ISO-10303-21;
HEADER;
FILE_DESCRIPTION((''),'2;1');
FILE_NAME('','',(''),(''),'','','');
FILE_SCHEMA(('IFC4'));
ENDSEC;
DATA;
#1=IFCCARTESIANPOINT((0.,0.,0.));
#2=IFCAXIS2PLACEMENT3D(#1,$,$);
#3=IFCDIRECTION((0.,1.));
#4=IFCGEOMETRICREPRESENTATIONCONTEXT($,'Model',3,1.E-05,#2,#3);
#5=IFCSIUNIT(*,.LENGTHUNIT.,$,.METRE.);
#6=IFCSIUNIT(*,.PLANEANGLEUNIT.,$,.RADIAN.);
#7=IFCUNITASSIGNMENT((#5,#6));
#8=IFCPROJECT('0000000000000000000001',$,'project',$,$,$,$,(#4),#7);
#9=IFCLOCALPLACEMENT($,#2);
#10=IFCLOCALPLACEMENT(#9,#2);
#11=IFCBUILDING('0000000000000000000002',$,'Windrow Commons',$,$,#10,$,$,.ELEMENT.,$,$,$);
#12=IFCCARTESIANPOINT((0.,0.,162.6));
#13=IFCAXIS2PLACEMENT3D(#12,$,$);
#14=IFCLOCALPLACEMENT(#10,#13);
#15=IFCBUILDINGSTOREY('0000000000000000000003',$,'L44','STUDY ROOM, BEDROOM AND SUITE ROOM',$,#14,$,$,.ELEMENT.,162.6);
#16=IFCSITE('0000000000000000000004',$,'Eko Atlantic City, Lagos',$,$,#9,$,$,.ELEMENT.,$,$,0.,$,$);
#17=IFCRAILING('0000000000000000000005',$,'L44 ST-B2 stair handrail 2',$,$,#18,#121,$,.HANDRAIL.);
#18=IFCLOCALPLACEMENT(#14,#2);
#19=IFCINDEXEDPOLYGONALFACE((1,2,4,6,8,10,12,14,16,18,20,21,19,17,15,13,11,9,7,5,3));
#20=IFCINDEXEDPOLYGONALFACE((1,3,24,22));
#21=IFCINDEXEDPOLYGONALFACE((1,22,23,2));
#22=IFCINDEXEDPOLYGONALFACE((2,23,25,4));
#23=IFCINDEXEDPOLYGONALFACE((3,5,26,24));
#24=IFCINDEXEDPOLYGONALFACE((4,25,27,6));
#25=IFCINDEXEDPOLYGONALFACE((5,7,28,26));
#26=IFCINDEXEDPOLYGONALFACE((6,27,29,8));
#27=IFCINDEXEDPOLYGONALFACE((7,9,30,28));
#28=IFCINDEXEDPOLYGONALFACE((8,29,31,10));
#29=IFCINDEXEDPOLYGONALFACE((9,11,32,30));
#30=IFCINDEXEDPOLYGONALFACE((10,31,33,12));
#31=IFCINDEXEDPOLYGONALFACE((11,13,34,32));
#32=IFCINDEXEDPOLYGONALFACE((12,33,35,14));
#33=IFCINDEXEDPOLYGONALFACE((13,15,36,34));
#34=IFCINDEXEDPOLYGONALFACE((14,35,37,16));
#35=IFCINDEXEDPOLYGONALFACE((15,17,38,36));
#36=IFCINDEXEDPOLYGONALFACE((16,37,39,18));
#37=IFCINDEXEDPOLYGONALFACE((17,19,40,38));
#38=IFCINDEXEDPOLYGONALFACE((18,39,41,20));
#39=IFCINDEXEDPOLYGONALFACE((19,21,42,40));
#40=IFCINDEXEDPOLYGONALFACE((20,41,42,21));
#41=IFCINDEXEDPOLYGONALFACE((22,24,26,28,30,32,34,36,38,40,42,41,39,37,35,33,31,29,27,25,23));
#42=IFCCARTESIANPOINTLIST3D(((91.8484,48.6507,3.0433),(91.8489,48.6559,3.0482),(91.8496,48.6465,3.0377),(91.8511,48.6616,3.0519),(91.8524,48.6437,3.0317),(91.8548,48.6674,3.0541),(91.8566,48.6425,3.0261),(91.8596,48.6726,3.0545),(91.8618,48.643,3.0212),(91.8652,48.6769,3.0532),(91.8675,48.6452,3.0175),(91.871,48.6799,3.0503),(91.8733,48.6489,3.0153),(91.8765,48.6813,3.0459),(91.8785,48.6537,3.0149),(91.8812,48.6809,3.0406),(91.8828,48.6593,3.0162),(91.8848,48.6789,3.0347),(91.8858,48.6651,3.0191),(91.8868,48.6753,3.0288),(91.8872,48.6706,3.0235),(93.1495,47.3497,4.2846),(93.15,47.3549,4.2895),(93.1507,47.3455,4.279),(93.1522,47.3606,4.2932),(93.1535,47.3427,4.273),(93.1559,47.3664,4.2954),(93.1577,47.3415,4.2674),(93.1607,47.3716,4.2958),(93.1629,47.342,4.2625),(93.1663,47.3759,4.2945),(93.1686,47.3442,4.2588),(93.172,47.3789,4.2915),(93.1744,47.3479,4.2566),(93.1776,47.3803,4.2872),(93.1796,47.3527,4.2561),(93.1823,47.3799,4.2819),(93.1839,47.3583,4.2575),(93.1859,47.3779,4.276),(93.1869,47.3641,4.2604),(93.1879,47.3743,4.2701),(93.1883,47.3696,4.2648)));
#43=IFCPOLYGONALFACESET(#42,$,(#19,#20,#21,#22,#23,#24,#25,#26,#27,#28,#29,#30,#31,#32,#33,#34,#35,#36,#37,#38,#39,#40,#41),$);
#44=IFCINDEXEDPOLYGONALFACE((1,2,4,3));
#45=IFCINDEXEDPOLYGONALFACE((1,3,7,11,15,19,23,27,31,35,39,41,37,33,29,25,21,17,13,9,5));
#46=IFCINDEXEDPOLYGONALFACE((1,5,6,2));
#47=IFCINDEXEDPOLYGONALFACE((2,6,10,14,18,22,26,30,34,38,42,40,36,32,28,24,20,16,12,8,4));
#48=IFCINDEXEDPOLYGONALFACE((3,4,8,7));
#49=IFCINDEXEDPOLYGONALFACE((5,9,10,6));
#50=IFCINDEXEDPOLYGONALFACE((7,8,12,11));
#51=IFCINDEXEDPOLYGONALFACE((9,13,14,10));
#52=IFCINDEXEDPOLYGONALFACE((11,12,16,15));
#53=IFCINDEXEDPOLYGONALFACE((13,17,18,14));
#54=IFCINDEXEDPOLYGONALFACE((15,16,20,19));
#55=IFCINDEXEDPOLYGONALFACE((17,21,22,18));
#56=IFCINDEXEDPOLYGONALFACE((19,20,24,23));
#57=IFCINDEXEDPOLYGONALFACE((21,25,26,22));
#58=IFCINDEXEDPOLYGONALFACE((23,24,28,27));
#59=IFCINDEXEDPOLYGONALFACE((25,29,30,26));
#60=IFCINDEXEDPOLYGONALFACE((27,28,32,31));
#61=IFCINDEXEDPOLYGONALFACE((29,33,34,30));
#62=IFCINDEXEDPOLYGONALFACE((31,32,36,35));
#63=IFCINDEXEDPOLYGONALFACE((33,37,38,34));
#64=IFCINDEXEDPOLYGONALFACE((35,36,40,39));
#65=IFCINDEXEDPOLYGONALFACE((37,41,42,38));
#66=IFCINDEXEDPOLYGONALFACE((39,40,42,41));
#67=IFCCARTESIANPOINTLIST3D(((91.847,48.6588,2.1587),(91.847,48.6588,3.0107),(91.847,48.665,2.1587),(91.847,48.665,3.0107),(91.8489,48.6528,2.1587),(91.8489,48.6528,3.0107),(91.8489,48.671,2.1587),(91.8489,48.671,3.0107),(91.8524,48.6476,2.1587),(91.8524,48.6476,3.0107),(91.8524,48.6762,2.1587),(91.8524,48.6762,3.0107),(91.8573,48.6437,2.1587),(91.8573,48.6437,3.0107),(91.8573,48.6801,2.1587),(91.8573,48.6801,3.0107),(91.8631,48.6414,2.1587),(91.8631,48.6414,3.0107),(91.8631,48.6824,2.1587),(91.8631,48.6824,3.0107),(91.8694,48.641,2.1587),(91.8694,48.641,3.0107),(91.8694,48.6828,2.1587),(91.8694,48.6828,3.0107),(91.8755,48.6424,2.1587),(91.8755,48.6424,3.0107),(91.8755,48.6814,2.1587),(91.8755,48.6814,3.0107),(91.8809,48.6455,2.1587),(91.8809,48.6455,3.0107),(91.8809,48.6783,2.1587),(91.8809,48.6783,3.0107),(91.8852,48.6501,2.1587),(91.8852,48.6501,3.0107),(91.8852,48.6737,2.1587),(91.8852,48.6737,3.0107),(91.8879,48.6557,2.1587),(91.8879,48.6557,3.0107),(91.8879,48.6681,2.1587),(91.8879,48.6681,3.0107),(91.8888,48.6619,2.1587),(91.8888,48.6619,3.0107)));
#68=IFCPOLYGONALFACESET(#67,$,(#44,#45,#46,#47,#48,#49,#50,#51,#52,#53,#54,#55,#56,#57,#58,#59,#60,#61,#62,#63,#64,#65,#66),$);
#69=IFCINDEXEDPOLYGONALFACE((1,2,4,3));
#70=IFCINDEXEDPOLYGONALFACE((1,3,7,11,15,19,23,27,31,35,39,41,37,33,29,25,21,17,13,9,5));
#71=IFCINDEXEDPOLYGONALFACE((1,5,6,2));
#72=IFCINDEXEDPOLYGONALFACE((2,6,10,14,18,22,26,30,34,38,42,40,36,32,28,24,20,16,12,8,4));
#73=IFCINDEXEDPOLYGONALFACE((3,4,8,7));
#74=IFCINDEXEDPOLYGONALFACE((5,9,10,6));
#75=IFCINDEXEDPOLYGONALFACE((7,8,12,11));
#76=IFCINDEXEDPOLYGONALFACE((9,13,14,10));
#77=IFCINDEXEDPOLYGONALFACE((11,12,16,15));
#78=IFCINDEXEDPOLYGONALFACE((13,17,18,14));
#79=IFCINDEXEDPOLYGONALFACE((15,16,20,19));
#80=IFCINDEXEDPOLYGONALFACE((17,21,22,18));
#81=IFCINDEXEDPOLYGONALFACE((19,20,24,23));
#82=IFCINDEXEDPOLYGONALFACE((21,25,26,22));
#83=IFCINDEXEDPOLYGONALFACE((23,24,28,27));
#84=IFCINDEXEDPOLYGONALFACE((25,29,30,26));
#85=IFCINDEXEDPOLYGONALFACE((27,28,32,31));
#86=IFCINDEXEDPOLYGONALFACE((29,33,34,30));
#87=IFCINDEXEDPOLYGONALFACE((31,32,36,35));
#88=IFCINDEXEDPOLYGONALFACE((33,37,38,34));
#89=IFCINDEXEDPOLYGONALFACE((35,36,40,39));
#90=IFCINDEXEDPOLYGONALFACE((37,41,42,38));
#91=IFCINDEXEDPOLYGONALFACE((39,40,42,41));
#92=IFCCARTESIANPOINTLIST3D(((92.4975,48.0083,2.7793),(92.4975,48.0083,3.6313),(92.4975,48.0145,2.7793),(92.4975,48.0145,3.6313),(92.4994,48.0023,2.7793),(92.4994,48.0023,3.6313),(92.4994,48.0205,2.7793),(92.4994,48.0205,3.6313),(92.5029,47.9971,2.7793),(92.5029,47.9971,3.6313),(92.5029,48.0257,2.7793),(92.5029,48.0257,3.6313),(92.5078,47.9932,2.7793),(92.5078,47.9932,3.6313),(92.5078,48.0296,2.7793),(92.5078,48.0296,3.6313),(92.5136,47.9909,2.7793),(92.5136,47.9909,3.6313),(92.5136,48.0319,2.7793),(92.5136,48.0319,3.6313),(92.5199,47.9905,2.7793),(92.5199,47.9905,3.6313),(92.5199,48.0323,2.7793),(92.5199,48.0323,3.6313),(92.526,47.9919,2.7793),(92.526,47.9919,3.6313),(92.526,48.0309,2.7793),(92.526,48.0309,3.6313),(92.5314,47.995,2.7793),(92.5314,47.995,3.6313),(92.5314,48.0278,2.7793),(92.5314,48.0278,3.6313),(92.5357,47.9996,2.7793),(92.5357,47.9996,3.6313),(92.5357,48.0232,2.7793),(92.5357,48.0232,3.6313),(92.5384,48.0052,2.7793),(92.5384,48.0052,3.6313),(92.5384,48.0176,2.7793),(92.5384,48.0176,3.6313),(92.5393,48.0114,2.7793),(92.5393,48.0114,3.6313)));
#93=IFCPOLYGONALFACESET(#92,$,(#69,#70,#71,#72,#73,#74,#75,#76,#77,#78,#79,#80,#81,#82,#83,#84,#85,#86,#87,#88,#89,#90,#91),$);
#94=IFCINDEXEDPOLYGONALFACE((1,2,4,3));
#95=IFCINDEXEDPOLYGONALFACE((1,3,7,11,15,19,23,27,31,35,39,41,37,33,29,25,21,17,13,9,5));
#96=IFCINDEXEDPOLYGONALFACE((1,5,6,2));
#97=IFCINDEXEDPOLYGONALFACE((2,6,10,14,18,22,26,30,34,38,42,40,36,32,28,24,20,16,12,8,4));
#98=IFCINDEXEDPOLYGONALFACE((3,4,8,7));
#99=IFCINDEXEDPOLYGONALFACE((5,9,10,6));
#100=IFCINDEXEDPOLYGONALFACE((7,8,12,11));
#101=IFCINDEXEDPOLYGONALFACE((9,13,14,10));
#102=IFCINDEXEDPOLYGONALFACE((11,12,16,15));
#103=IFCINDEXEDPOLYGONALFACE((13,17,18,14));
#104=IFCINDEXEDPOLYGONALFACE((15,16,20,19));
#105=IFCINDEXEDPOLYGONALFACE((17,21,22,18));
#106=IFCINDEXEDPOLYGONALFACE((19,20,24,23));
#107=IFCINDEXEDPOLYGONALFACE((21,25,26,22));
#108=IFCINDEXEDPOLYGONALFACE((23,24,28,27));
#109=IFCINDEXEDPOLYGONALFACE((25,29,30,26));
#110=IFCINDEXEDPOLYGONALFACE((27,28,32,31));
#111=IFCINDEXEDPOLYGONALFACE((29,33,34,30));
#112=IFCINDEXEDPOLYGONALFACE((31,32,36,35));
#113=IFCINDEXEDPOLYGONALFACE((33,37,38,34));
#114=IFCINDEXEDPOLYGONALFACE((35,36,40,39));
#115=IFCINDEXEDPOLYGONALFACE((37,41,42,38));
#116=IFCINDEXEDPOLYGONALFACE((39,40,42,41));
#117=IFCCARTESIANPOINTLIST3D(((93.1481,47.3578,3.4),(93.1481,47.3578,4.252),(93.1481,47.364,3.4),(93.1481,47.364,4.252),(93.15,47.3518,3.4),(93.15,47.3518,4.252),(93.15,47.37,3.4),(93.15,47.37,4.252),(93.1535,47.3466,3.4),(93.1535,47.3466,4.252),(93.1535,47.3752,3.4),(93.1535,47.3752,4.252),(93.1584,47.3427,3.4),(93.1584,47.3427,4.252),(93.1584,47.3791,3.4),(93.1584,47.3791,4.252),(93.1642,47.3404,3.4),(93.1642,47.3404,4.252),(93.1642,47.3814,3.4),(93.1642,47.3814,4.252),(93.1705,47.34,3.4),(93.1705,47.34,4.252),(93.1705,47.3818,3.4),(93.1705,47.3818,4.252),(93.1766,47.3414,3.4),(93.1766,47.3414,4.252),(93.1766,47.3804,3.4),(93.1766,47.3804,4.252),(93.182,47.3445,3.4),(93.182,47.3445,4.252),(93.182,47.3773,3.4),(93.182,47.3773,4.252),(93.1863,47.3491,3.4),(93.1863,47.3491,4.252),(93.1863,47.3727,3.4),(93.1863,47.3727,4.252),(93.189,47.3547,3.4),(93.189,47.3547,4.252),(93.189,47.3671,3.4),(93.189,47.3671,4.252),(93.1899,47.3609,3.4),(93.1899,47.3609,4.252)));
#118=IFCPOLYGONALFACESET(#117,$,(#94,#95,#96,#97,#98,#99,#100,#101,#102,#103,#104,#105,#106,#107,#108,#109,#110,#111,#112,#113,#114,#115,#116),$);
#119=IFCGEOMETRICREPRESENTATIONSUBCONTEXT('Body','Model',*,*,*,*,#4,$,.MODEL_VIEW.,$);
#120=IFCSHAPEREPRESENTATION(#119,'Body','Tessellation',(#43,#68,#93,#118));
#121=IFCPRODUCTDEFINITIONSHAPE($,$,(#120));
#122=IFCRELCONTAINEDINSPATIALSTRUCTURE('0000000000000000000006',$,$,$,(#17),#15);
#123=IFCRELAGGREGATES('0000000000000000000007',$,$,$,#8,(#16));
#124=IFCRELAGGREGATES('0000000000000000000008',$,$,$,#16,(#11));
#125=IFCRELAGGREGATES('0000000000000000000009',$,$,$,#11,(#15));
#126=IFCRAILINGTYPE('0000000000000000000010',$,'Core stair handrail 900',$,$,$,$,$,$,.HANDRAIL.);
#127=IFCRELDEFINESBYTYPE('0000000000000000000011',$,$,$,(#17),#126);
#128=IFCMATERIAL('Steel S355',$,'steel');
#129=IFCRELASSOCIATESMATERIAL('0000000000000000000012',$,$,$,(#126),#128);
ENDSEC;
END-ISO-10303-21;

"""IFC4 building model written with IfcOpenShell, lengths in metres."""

from ifc_helpers import new_model, si_unit, direction, frame, origin, origin_2d, place, context, subcontext, project, spatial, circle, extrude, material, type_object, element, save


model = new_model("IFC4")

# Units and contexts
model_context = context("Model", 3, precision=1e-05, world=origin(), true_north=direction((0.0, 1.0)))
body_context = subcontext(model_context, "Body", "Model", "MODEL_VIEW")
ifc_project = project(units=[si_unit("LENGTHUNIT", "METRE"), si_unit("PLANEANGLEUNIT", "RADIAN")], contexts=[model_context])

# Site, building, storey
site_placement = place(None, origin())
site = spatial("IfcSite", under=ifc_project, at=site_placement, Name="Eko Atlantic City, Lagos", CompositionType="ELEMENT", RefElevation=0.0)
building_placement = place(site_placement, origin())
building = spatial("IfcBuilding", under=site, at=building_placement, Name="Windrow Commons", CompositionType="ELEMENT")
storey_placement = place(building_placement, frame((0.0, 0.0, 162.6)))
storey = spatial("IfcBuildingStorey", under=building, at=storey_placement, Name="L44", Description="STUDY ROOM, BEDROOM AND SUITE ROOM", CompositionType="ELEMENT", Elevation=162.6)

# Railing
ifc_material_1 = material(Name="Steel S355", Category="steel")
railing_type_1 = type_object("IfcRailingType", Name="Core stair handrail 900", PredefinedType="HANDRAIL", material=ifc_material_1)
railing_1_placement = place(storey_placement, frame((91.8678, 48.6619, 2.1587)))
element("IfcRailing", 1, at=railing_1_placement, inside=storey, type_object=railing_type_1, Name="L44 ST-B2 stair handrail 2", PredefinedType="HANDRAIL", context=body_context, shape_type="SweptSolid", body=[
    extrude(circle(Radius=0.024, at=origin_2d()), frame((0.0, 0.0, 0.876), z_axis=(0.586207, -0.586162, 0.559264), x_axis=(0.70708, 0.707134, 0.0)), (0.0, 0.0, 1.0), 2.2195),
    extrude(circle(Radius=0.021, at=origin_2d()), origin(), (0.0, 0.0, 1.0), 0.852),
    extrude(circle(Radius=0.021, at=origin_2d()), frame((0.6505, -0.6505, 0.6206)), (0.0, 0.0, 1.0), 0.852),
    extrude(circle(Radius=0.021, at=origin_2d()), frame((1.3011, -1.301, 1.2413)), (0.0, 0.0, 1.0), 0.852),
])

save(model, "model.ifc")
